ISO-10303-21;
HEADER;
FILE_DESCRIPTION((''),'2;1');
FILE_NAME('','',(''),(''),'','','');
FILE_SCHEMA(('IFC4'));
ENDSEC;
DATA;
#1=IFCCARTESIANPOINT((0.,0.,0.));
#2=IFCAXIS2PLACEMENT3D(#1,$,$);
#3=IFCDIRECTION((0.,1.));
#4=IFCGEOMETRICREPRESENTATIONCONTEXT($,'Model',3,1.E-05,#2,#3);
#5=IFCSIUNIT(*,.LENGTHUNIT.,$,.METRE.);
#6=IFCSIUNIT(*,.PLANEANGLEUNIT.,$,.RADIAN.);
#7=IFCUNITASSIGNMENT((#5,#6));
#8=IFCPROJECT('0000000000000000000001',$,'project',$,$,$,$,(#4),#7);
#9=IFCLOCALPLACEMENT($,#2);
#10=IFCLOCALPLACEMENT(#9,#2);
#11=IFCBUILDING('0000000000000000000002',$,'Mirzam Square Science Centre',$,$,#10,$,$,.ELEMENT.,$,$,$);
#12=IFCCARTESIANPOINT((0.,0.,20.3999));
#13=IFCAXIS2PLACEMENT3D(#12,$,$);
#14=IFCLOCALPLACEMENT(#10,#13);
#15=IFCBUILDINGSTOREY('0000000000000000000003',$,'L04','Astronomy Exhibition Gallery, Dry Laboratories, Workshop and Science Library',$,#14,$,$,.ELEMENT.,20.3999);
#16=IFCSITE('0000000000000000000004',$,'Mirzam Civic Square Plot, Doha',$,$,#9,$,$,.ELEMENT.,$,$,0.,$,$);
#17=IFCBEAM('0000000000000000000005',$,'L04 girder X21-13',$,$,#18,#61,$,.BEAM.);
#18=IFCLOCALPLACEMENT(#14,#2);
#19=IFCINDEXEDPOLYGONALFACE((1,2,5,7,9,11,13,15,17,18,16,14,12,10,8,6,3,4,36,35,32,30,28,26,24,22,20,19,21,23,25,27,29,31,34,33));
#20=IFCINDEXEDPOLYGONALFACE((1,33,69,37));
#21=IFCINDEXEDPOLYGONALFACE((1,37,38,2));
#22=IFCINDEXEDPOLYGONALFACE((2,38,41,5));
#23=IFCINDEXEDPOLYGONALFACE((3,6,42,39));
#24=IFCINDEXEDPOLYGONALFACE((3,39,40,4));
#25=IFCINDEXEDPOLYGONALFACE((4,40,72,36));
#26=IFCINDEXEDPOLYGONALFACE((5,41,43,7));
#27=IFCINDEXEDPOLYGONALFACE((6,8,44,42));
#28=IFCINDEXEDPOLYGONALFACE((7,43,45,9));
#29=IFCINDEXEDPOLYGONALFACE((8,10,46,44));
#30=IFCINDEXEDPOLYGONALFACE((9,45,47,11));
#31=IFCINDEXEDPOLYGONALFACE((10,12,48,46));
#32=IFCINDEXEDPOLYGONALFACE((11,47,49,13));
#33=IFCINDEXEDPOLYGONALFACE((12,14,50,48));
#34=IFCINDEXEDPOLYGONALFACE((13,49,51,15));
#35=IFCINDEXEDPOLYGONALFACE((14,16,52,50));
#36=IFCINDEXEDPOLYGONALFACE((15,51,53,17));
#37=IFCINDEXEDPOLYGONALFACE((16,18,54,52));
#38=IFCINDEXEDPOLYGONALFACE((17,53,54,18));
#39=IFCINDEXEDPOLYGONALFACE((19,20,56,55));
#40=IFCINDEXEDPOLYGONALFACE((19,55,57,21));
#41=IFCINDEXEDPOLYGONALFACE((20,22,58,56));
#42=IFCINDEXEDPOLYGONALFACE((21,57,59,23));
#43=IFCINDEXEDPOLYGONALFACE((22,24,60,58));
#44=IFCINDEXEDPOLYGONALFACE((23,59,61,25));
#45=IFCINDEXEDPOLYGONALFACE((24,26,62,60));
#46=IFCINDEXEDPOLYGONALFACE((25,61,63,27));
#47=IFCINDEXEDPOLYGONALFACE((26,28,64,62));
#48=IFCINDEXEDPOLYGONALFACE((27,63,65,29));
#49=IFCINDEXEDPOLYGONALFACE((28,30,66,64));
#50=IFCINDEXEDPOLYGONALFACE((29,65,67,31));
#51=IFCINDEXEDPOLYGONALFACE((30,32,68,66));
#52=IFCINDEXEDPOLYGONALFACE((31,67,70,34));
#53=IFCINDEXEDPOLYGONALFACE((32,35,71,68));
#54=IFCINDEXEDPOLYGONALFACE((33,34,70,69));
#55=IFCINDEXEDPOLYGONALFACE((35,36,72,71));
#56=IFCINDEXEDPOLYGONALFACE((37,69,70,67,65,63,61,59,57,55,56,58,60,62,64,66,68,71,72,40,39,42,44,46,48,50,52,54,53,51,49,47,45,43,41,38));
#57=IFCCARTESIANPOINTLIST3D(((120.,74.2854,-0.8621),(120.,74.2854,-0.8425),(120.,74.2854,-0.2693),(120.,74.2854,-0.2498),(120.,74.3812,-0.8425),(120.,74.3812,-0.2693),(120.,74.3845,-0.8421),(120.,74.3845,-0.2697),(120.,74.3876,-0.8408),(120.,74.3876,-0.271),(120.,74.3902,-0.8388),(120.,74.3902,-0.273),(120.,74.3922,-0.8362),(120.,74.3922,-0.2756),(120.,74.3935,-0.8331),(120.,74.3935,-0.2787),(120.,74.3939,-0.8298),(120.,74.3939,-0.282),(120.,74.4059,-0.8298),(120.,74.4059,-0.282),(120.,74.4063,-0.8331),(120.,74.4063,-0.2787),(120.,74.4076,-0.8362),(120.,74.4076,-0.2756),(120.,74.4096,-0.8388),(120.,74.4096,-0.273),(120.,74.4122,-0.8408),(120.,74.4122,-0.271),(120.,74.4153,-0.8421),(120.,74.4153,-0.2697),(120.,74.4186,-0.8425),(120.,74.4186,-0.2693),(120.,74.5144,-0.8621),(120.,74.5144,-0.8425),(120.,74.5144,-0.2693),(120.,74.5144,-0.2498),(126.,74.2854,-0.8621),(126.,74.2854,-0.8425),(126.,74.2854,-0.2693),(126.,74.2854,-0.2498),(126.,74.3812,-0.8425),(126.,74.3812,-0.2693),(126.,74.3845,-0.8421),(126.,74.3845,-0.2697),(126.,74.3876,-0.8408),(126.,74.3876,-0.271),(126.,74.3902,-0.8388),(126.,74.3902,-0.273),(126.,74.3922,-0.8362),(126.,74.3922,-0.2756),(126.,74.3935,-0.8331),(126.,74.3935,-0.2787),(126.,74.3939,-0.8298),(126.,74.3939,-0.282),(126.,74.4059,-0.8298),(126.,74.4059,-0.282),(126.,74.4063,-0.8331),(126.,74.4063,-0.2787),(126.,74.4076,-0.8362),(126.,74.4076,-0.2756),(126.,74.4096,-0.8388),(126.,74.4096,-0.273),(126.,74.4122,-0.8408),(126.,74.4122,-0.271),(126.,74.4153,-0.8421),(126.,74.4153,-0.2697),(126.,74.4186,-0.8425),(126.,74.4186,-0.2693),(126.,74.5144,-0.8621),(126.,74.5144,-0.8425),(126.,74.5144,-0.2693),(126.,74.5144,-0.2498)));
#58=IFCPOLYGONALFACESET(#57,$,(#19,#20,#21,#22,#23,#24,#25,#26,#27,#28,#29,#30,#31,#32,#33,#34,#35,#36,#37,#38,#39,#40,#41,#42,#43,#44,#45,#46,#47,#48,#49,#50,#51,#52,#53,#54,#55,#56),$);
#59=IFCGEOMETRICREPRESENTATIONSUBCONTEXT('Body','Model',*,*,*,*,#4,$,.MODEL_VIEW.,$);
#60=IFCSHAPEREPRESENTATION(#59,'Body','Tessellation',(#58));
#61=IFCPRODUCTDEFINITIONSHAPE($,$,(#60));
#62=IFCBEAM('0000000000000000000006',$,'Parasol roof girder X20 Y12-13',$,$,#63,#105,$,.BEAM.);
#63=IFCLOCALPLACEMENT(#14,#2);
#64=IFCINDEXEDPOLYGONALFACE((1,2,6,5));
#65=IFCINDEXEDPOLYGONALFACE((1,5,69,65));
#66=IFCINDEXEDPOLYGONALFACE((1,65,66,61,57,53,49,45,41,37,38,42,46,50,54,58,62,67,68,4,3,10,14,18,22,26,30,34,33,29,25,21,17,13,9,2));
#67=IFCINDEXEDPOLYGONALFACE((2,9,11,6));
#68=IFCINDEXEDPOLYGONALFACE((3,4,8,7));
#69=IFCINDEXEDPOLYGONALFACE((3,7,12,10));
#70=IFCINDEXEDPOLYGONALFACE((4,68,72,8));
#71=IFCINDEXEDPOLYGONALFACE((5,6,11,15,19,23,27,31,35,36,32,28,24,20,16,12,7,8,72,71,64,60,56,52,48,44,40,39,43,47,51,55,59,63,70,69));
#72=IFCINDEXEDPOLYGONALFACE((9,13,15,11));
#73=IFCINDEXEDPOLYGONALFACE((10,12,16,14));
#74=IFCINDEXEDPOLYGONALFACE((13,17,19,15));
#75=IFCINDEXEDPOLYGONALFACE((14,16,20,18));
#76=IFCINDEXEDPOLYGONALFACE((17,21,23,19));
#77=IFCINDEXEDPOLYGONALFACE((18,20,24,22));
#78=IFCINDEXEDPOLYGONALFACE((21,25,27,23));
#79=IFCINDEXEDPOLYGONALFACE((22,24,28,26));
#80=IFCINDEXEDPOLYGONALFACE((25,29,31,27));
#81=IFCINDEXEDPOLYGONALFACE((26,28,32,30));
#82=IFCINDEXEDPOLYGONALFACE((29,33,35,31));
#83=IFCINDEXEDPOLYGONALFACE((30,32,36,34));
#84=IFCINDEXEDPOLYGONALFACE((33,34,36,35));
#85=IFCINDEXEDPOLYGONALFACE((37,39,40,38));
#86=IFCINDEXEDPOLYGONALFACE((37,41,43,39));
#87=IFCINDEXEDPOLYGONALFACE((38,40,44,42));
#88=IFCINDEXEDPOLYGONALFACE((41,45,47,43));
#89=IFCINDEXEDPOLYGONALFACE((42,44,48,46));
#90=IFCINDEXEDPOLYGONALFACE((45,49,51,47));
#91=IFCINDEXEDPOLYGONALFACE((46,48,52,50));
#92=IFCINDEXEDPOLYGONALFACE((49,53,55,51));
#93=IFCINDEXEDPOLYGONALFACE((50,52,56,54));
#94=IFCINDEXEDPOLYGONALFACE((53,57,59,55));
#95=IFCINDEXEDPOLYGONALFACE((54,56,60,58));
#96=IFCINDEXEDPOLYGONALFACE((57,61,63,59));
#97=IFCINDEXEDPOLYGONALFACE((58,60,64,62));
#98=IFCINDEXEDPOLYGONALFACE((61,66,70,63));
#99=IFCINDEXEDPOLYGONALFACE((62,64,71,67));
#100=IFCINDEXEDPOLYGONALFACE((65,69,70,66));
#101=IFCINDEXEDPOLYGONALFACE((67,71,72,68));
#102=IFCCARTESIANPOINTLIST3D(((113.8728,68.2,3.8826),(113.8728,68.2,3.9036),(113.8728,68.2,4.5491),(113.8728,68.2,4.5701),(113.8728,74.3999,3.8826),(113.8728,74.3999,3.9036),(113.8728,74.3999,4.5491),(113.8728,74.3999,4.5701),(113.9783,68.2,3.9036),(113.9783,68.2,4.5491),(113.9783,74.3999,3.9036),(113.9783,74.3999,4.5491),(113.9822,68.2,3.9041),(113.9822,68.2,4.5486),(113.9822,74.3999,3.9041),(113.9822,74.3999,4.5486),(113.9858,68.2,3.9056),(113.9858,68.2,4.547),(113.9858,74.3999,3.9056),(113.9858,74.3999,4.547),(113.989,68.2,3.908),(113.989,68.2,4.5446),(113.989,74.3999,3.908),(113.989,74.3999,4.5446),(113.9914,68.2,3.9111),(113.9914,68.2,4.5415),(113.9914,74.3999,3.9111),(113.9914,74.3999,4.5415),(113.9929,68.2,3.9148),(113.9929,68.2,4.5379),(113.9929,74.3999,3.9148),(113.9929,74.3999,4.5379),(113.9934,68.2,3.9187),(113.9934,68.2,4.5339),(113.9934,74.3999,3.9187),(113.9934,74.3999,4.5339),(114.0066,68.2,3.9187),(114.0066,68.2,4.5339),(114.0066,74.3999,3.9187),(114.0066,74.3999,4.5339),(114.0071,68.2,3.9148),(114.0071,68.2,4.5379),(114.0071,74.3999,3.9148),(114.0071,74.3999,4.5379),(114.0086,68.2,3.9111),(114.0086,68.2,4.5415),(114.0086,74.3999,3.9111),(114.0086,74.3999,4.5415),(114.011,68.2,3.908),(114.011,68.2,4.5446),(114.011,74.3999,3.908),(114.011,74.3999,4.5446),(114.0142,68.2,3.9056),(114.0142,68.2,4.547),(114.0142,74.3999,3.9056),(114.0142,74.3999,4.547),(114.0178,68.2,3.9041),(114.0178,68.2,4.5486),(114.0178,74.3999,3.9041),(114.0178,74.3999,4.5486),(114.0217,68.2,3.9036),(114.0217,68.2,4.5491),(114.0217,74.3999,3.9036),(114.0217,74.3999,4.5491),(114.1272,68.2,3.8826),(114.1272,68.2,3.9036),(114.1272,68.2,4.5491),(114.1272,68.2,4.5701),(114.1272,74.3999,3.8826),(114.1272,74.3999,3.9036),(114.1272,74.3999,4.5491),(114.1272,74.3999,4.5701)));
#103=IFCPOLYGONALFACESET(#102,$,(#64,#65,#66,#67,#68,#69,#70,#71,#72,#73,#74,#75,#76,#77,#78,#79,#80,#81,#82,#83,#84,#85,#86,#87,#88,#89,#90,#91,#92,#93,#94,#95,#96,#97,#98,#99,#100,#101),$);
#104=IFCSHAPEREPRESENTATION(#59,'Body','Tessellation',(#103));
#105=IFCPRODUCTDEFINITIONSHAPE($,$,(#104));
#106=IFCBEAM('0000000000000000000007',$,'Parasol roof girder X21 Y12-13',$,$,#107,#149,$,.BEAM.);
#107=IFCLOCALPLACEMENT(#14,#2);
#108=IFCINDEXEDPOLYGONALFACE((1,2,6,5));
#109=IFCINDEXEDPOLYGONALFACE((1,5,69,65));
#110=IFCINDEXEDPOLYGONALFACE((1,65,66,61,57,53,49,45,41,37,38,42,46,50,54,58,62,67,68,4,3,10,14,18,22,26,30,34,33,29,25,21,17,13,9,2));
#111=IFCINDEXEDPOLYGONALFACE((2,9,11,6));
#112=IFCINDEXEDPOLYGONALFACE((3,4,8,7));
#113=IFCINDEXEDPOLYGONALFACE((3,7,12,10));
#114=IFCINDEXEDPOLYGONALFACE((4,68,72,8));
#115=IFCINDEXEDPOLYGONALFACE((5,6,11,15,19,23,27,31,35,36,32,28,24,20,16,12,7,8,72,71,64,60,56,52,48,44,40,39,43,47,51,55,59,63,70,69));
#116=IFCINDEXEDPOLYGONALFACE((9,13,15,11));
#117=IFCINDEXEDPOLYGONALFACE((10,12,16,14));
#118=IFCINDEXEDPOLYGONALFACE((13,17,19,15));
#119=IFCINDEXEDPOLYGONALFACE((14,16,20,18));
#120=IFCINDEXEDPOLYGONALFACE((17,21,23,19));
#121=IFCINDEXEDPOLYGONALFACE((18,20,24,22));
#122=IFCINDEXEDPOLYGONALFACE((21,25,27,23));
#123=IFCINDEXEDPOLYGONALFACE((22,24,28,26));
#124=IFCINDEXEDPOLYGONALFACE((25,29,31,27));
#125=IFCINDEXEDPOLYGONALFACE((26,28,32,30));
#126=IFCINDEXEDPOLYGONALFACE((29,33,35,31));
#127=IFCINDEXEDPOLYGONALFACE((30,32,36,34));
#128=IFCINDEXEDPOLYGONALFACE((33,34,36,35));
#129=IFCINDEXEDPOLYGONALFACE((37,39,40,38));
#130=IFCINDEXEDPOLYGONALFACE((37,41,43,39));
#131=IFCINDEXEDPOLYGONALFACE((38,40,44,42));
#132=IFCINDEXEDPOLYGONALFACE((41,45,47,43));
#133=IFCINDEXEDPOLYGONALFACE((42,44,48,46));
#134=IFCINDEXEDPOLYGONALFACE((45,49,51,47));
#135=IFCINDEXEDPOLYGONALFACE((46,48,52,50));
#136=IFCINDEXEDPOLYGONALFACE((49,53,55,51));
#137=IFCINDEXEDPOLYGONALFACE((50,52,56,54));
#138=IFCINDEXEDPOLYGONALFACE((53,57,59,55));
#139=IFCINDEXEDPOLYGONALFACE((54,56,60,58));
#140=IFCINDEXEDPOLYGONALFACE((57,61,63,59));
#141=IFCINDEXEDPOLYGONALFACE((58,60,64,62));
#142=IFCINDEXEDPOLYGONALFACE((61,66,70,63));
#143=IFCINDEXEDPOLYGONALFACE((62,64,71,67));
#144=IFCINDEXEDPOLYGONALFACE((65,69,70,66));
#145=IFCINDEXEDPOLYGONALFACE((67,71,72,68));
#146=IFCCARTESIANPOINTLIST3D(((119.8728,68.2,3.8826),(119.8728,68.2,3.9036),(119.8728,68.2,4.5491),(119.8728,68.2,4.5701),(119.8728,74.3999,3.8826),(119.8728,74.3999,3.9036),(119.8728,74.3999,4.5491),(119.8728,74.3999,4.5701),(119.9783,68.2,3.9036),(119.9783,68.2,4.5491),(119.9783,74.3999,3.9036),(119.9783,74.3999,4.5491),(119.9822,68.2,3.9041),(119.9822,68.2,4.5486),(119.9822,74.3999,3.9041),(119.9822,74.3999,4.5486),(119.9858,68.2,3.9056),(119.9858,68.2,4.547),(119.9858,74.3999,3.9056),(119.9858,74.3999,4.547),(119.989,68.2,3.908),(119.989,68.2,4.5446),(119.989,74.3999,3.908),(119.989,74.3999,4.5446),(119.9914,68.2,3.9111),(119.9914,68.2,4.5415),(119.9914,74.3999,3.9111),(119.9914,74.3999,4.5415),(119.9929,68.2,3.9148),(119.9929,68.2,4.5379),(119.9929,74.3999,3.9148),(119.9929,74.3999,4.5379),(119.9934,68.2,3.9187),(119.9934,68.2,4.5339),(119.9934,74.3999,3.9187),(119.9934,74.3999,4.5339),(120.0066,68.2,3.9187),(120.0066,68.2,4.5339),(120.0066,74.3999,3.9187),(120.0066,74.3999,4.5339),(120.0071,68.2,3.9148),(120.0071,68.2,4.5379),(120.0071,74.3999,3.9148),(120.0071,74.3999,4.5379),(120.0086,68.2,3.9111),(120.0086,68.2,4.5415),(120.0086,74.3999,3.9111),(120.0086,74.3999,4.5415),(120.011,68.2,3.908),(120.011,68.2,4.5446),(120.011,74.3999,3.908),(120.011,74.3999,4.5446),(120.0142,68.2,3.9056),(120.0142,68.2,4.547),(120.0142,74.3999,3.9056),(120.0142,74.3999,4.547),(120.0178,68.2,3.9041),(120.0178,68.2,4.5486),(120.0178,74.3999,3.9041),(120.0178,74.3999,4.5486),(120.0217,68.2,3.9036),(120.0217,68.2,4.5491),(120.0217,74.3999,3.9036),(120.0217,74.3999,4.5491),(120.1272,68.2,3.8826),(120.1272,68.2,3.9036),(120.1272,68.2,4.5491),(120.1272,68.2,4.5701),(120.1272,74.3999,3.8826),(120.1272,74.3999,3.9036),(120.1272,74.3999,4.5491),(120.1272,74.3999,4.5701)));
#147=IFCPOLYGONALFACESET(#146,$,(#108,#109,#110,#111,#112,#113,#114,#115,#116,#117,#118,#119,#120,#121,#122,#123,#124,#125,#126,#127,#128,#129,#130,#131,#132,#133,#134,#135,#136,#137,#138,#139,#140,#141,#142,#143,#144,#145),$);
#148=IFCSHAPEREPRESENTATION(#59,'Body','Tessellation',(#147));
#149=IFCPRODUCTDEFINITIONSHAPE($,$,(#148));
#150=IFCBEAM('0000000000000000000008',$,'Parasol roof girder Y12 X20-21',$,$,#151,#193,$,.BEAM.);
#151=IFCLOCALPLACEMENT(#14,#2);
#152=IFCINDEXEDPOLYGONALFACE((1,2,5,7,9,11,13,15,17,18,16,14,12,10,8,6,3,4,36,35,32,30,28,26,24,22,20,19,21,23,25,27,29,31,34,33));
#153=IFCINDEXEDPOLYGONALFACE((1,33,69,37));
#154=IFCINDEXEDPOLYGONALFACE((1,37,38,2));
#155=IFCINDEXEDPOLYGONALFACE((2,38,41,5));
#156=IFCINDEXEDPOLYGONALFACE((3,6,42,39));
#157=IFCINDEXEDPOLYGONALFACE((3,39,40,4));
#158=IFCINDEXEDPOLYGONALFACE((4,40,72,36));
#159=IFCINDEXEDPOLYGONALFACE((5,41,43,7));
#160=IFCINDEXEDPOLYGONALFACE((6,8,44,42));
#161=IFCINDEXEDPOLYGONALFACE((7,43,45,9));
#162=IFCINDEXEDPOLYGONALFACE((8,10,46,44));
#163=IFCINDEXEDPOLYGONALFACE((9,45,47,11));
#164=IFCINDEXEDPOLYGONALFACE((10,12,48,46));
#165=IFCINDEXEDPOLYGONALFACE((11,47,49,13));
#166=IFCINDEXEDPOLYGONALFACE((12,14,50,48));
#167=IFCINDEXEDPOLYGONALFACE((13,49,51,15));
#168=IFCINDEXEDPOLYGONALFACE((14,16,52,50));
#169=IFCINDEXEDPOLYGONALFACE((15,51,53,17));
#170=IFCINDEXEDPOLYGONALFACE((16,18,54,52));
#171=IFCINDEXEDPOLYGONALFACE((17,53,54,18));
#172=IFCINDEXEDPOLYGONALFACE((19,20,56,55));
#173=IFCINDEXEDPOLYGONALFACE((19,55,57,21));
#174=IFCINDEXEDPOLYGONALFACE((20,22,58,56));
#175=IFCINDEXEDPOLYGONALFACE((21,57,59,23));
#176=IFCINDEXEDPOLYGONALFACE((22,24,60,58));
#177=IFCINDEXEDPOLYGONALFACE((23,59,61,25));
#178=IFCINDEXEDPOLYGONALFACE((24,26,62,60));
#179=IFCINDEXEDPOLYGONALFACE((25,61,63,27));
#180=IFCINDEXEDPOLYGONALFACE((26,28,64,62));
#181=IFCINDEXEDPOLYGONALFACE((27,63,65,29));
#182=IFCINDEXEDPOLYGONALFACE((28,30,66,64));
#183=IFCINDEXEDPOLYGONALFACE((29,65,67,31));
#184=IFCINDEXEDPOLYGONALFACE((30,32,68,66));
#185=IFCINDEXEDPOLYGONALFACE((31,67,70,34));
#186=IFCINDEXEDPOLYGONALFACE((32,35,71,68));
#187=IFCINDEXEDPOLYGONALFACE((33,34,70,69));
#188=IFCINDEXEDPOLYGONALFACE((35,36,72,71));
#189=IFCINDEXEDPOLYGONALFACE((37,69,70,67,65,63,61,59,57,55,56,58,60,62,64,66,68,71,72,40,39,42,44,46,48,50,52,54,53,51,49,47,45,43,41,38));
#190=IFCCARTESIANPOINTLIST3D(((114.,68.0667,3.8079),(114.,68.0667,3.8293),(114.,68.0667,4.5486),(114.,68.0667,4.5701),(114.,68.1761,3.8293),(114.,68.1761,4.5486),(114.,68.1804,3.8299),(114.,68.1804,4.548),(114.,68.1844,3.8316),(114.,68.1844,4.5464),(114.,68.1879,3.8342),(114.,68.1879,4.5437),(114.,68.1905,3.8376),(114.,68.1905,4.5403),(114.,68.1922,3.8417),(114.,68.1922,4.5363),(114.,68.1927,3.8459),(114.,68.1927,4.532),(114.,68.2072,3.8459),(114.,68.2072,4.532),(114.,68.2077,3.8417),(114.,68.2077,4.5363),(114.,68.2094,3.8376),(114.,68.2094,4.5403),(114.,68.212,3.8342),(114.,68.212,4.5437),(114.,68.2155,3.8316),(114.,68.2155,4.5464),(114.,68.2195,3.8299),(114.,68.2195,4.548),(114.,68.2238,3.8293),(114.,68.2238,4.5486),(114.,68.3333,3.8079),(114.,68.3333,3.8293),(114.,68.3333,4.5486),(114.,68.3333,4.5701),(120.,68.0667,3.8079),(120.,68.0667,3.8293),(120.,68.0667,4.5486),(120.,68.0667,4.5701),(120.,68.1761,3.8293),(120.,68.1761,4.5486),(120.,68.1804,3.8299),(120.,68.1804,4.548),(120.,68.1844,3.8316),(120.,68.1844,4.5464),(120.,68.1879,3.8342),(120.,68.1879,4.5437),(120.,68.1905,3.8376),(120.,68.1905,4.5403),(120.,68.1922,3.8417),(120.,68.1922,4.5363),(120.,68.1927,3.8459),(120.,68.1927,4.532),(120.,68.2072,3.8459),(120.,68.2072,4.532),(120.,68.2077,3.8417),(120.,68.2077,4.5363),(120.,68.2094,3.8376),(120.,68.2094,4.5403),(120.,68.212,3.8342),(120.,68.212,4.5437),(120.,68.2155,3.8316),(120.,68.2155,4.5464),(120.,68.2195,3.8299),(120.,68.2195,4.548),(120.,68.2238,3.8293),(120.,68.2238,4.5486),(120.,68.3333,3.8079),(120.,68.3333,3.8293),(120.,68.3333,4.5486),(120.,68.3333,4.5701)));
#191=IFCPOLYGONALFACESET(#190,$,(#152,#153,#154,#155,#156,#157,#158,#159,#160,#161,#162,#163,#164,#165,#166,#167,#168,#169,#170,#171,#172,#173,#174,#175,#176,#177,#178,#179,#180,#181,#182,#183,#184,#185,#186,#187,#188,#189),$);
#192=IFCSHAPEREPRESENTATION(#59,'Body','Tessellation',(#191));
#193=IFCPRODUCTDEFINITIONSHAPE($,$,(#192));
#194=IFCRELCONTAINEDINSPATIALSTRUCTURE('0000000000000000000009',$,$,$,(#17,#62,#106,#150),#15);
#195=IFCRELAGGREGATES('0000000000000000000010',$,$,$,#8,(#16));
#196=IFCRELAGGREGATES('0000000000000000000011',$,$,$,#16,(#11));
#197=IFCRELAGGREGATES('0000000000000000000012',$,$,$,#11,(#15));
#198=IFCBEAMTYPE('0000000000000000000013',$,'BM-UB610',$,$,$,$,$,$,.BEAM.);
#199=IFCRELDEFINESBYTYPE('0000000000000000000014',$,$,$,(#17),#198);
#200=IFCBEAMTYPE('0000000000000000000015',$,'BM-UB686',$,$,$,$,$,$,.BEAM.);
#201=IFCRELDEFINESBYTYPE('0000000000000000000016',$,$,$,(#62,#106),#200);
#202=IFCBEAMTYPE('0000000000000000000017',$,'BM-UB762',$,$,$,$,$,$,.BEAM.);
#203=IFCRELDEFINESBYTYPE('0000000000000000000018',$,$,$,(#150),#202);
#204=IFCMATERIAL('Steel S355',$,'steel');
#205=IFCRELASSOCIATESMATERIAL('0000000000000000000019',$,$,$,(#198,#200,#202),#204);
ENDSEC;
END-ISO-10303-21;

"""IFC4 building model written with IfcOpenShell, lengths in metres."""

from ifc_helpers import new_model, si_unit, direction, frame, origin, origin_2d, place, context, subcontext, project, spatial, i_section, extrude, material, material_profile, profile_set, type_object, element, save


model = new_model("IFC4")

# Units and contexts
model_context = context("Model", 3, precision=1e-05, world=origin(), true_north=direction((0.0, 1.0)))
body_context = subcontext(model_context, "Body", "Model", "MODEL_VIEW")
ifc_project = project(units=[si_unit("LENGTHUNIT", "METRE"), si_unit("PLANEANGLEUNIT", "RADIAN")], contexts=[model_context])

# Site, building, storey
site_placement = place(None, origin())
site = spatial("IfcSite", under=ifc_project, at=site_placement, Name="Mirzam Civic Square Plot, Doha", CompositionType="ELEMENT", RefElevation=0.0)
building_placement = place(site_placement, origin())
building = spatial("IfcBuilding", under=site, at=building_placement, Name="Mirzam Square Science Centre", CompositionType="ELEMENT")
storey_placement = place(building_placement, frame((0.0, 0.0, 20.3999)))
storey = spatial("IfcBuildingStorey", under=building, at=storey_placement, Name="L04", Description="Astronomy Exhibition Gallery, Dry Laboratories, Workshop and Science Library", CompositionType="ELEMENT", Elevation=20.3999)

# Shared definitions
ifc_material_1 = material(Name="Steel S355", Category="steel")

# Beams
ifc_material_profile_1 = material_profile(ifc_material_1, i_section(OverallWidth=0.229, OverallDepth=0.6123, WebThickness=0.012, FlangeThickness=0.0195, FilletRadius=0.0127, at=origin_2d()), Name="610x229x125UB")
ifc_profile_set_1 = profile_set([ifc_material_profile_1], Name="Steel S355")
beam_type_1 = type_object("IfcBeamType", Name="BM-UB610", PredefinedType="BEAM", material=ifc_profile_set_1)
beam_1_placement = place(storey_placement, frame((120.0, 74.3999, -0.5559), z_axis=(1.0, 0.0, 0.0), x_axis=(0.0, 1.0, 0.0)))
element("IfcBeam", 1, at=beam_1_placement, inside=storey, type_object=beam_type_1, Name="L04 girder X21-13", PredefinedType="BEAM", context=body_context, shape_type="SweptSolid", body=[
    extrude(i_section(OverallWidth=0.229, OverallDepth=0.6123, WebThickness=0.012, FlangeThickness=0.0195, FilletRadius=0.0127, at=origin_2d()), origin(), (0.0, 0.0, 1.0), 6.0),
])
ifc_material_profile_2 = material_profile(ifc_material_1, i_section(OverallWidth=0.2544, OverallDepth=0.6875, WebThickness=0.0132, FlangeThickness=0.021, FilletRadius=0.0151, at=origin_2d()), Name="686x254x152UB")
ifc_profile_set_2 = profile_set([ifc_material_profile_2], Name="Steel S355")
beam_type_2 = type_object("IfcBeamType", Name="BM-UB686", PredefinedType="BEAM", material=ifc_profile_set_2)
for number, where, z_axis, x_axis, name in (
    (2, (114.0, 68.2, 4.2263), (0.0, 1.0, 0.0), (-1.0, 0.0, 0.0), "Parasol roof girder X20 Y12-13"),
    (3, (120.0, 68.2, 4.2263), (0.0, 1.0, 0.0), (-1.0, 0.0, 0.0), "Parasol roof girder X21 Y12-13"),
):
    element("IfcBeam", number, at=place(storey_placement, frame(where, z_axis=z_axis, x_axis=x_axis)), inside=storey, type_object=beam_type_2, Name=name, PredefinedType="BEAM", context=body_context, shape_type="SweptSolid", body=[
        extrude(i_section(OverallWidth=0.2544, OverallDepth=0.6875, WebThickness=0.0132, FlangeThickness=0.021, FilletRadius=0.0151, at=origin_2d()), origin(), (0.0, 0.0, 1.0), 6.2),
    ])
ifc_material_profile_3 = material_profile(ifc_material_1, i_section(OverallWidth=0.2666, OverallDepth=0.7622, WebThickness=0.0144, FlangeThickness=0.0215, FilletRadius=0.0166, at=origin_2d()), Name="762x267x173UB")
ifc_profile_set_3 = profile_set([ifc_material_profile_3], Name="Steel S355")
beam_type_3 = type_object("IfcBeamType", Name="BM-UB762", PredefinedType="BEAM", material=ifc_profile_set_3)
for number, where, z_axis, x_axis, name in (
    (4, (114.0, 68.2, 4.189), (1.0, 0.0, 0.0), (0.0, 1.0, 0.0), "Parasol roof girder Y12 X20-21"),
):
    element("IfcBeam", number, at=place(storey_placement, frame(where, z_axis=z_axis, x_axis=x_axis)), inside=storey, type_object=beam_type_3, Name=name, PredefinedType="BEAM", context=body_context, shape_type="SweptSolid", body=[
        extrude(i_section(OverallWidth=0.2666, OverallDepth=0.7622, WebThickness=0.0144, FlangeThickness=0.0215, FilletRadius=0.0166, at=origin_2d()), origin(), (0.0, 0.0, 1.0), 6.0),
    ])

save(model, "model.ifc")
